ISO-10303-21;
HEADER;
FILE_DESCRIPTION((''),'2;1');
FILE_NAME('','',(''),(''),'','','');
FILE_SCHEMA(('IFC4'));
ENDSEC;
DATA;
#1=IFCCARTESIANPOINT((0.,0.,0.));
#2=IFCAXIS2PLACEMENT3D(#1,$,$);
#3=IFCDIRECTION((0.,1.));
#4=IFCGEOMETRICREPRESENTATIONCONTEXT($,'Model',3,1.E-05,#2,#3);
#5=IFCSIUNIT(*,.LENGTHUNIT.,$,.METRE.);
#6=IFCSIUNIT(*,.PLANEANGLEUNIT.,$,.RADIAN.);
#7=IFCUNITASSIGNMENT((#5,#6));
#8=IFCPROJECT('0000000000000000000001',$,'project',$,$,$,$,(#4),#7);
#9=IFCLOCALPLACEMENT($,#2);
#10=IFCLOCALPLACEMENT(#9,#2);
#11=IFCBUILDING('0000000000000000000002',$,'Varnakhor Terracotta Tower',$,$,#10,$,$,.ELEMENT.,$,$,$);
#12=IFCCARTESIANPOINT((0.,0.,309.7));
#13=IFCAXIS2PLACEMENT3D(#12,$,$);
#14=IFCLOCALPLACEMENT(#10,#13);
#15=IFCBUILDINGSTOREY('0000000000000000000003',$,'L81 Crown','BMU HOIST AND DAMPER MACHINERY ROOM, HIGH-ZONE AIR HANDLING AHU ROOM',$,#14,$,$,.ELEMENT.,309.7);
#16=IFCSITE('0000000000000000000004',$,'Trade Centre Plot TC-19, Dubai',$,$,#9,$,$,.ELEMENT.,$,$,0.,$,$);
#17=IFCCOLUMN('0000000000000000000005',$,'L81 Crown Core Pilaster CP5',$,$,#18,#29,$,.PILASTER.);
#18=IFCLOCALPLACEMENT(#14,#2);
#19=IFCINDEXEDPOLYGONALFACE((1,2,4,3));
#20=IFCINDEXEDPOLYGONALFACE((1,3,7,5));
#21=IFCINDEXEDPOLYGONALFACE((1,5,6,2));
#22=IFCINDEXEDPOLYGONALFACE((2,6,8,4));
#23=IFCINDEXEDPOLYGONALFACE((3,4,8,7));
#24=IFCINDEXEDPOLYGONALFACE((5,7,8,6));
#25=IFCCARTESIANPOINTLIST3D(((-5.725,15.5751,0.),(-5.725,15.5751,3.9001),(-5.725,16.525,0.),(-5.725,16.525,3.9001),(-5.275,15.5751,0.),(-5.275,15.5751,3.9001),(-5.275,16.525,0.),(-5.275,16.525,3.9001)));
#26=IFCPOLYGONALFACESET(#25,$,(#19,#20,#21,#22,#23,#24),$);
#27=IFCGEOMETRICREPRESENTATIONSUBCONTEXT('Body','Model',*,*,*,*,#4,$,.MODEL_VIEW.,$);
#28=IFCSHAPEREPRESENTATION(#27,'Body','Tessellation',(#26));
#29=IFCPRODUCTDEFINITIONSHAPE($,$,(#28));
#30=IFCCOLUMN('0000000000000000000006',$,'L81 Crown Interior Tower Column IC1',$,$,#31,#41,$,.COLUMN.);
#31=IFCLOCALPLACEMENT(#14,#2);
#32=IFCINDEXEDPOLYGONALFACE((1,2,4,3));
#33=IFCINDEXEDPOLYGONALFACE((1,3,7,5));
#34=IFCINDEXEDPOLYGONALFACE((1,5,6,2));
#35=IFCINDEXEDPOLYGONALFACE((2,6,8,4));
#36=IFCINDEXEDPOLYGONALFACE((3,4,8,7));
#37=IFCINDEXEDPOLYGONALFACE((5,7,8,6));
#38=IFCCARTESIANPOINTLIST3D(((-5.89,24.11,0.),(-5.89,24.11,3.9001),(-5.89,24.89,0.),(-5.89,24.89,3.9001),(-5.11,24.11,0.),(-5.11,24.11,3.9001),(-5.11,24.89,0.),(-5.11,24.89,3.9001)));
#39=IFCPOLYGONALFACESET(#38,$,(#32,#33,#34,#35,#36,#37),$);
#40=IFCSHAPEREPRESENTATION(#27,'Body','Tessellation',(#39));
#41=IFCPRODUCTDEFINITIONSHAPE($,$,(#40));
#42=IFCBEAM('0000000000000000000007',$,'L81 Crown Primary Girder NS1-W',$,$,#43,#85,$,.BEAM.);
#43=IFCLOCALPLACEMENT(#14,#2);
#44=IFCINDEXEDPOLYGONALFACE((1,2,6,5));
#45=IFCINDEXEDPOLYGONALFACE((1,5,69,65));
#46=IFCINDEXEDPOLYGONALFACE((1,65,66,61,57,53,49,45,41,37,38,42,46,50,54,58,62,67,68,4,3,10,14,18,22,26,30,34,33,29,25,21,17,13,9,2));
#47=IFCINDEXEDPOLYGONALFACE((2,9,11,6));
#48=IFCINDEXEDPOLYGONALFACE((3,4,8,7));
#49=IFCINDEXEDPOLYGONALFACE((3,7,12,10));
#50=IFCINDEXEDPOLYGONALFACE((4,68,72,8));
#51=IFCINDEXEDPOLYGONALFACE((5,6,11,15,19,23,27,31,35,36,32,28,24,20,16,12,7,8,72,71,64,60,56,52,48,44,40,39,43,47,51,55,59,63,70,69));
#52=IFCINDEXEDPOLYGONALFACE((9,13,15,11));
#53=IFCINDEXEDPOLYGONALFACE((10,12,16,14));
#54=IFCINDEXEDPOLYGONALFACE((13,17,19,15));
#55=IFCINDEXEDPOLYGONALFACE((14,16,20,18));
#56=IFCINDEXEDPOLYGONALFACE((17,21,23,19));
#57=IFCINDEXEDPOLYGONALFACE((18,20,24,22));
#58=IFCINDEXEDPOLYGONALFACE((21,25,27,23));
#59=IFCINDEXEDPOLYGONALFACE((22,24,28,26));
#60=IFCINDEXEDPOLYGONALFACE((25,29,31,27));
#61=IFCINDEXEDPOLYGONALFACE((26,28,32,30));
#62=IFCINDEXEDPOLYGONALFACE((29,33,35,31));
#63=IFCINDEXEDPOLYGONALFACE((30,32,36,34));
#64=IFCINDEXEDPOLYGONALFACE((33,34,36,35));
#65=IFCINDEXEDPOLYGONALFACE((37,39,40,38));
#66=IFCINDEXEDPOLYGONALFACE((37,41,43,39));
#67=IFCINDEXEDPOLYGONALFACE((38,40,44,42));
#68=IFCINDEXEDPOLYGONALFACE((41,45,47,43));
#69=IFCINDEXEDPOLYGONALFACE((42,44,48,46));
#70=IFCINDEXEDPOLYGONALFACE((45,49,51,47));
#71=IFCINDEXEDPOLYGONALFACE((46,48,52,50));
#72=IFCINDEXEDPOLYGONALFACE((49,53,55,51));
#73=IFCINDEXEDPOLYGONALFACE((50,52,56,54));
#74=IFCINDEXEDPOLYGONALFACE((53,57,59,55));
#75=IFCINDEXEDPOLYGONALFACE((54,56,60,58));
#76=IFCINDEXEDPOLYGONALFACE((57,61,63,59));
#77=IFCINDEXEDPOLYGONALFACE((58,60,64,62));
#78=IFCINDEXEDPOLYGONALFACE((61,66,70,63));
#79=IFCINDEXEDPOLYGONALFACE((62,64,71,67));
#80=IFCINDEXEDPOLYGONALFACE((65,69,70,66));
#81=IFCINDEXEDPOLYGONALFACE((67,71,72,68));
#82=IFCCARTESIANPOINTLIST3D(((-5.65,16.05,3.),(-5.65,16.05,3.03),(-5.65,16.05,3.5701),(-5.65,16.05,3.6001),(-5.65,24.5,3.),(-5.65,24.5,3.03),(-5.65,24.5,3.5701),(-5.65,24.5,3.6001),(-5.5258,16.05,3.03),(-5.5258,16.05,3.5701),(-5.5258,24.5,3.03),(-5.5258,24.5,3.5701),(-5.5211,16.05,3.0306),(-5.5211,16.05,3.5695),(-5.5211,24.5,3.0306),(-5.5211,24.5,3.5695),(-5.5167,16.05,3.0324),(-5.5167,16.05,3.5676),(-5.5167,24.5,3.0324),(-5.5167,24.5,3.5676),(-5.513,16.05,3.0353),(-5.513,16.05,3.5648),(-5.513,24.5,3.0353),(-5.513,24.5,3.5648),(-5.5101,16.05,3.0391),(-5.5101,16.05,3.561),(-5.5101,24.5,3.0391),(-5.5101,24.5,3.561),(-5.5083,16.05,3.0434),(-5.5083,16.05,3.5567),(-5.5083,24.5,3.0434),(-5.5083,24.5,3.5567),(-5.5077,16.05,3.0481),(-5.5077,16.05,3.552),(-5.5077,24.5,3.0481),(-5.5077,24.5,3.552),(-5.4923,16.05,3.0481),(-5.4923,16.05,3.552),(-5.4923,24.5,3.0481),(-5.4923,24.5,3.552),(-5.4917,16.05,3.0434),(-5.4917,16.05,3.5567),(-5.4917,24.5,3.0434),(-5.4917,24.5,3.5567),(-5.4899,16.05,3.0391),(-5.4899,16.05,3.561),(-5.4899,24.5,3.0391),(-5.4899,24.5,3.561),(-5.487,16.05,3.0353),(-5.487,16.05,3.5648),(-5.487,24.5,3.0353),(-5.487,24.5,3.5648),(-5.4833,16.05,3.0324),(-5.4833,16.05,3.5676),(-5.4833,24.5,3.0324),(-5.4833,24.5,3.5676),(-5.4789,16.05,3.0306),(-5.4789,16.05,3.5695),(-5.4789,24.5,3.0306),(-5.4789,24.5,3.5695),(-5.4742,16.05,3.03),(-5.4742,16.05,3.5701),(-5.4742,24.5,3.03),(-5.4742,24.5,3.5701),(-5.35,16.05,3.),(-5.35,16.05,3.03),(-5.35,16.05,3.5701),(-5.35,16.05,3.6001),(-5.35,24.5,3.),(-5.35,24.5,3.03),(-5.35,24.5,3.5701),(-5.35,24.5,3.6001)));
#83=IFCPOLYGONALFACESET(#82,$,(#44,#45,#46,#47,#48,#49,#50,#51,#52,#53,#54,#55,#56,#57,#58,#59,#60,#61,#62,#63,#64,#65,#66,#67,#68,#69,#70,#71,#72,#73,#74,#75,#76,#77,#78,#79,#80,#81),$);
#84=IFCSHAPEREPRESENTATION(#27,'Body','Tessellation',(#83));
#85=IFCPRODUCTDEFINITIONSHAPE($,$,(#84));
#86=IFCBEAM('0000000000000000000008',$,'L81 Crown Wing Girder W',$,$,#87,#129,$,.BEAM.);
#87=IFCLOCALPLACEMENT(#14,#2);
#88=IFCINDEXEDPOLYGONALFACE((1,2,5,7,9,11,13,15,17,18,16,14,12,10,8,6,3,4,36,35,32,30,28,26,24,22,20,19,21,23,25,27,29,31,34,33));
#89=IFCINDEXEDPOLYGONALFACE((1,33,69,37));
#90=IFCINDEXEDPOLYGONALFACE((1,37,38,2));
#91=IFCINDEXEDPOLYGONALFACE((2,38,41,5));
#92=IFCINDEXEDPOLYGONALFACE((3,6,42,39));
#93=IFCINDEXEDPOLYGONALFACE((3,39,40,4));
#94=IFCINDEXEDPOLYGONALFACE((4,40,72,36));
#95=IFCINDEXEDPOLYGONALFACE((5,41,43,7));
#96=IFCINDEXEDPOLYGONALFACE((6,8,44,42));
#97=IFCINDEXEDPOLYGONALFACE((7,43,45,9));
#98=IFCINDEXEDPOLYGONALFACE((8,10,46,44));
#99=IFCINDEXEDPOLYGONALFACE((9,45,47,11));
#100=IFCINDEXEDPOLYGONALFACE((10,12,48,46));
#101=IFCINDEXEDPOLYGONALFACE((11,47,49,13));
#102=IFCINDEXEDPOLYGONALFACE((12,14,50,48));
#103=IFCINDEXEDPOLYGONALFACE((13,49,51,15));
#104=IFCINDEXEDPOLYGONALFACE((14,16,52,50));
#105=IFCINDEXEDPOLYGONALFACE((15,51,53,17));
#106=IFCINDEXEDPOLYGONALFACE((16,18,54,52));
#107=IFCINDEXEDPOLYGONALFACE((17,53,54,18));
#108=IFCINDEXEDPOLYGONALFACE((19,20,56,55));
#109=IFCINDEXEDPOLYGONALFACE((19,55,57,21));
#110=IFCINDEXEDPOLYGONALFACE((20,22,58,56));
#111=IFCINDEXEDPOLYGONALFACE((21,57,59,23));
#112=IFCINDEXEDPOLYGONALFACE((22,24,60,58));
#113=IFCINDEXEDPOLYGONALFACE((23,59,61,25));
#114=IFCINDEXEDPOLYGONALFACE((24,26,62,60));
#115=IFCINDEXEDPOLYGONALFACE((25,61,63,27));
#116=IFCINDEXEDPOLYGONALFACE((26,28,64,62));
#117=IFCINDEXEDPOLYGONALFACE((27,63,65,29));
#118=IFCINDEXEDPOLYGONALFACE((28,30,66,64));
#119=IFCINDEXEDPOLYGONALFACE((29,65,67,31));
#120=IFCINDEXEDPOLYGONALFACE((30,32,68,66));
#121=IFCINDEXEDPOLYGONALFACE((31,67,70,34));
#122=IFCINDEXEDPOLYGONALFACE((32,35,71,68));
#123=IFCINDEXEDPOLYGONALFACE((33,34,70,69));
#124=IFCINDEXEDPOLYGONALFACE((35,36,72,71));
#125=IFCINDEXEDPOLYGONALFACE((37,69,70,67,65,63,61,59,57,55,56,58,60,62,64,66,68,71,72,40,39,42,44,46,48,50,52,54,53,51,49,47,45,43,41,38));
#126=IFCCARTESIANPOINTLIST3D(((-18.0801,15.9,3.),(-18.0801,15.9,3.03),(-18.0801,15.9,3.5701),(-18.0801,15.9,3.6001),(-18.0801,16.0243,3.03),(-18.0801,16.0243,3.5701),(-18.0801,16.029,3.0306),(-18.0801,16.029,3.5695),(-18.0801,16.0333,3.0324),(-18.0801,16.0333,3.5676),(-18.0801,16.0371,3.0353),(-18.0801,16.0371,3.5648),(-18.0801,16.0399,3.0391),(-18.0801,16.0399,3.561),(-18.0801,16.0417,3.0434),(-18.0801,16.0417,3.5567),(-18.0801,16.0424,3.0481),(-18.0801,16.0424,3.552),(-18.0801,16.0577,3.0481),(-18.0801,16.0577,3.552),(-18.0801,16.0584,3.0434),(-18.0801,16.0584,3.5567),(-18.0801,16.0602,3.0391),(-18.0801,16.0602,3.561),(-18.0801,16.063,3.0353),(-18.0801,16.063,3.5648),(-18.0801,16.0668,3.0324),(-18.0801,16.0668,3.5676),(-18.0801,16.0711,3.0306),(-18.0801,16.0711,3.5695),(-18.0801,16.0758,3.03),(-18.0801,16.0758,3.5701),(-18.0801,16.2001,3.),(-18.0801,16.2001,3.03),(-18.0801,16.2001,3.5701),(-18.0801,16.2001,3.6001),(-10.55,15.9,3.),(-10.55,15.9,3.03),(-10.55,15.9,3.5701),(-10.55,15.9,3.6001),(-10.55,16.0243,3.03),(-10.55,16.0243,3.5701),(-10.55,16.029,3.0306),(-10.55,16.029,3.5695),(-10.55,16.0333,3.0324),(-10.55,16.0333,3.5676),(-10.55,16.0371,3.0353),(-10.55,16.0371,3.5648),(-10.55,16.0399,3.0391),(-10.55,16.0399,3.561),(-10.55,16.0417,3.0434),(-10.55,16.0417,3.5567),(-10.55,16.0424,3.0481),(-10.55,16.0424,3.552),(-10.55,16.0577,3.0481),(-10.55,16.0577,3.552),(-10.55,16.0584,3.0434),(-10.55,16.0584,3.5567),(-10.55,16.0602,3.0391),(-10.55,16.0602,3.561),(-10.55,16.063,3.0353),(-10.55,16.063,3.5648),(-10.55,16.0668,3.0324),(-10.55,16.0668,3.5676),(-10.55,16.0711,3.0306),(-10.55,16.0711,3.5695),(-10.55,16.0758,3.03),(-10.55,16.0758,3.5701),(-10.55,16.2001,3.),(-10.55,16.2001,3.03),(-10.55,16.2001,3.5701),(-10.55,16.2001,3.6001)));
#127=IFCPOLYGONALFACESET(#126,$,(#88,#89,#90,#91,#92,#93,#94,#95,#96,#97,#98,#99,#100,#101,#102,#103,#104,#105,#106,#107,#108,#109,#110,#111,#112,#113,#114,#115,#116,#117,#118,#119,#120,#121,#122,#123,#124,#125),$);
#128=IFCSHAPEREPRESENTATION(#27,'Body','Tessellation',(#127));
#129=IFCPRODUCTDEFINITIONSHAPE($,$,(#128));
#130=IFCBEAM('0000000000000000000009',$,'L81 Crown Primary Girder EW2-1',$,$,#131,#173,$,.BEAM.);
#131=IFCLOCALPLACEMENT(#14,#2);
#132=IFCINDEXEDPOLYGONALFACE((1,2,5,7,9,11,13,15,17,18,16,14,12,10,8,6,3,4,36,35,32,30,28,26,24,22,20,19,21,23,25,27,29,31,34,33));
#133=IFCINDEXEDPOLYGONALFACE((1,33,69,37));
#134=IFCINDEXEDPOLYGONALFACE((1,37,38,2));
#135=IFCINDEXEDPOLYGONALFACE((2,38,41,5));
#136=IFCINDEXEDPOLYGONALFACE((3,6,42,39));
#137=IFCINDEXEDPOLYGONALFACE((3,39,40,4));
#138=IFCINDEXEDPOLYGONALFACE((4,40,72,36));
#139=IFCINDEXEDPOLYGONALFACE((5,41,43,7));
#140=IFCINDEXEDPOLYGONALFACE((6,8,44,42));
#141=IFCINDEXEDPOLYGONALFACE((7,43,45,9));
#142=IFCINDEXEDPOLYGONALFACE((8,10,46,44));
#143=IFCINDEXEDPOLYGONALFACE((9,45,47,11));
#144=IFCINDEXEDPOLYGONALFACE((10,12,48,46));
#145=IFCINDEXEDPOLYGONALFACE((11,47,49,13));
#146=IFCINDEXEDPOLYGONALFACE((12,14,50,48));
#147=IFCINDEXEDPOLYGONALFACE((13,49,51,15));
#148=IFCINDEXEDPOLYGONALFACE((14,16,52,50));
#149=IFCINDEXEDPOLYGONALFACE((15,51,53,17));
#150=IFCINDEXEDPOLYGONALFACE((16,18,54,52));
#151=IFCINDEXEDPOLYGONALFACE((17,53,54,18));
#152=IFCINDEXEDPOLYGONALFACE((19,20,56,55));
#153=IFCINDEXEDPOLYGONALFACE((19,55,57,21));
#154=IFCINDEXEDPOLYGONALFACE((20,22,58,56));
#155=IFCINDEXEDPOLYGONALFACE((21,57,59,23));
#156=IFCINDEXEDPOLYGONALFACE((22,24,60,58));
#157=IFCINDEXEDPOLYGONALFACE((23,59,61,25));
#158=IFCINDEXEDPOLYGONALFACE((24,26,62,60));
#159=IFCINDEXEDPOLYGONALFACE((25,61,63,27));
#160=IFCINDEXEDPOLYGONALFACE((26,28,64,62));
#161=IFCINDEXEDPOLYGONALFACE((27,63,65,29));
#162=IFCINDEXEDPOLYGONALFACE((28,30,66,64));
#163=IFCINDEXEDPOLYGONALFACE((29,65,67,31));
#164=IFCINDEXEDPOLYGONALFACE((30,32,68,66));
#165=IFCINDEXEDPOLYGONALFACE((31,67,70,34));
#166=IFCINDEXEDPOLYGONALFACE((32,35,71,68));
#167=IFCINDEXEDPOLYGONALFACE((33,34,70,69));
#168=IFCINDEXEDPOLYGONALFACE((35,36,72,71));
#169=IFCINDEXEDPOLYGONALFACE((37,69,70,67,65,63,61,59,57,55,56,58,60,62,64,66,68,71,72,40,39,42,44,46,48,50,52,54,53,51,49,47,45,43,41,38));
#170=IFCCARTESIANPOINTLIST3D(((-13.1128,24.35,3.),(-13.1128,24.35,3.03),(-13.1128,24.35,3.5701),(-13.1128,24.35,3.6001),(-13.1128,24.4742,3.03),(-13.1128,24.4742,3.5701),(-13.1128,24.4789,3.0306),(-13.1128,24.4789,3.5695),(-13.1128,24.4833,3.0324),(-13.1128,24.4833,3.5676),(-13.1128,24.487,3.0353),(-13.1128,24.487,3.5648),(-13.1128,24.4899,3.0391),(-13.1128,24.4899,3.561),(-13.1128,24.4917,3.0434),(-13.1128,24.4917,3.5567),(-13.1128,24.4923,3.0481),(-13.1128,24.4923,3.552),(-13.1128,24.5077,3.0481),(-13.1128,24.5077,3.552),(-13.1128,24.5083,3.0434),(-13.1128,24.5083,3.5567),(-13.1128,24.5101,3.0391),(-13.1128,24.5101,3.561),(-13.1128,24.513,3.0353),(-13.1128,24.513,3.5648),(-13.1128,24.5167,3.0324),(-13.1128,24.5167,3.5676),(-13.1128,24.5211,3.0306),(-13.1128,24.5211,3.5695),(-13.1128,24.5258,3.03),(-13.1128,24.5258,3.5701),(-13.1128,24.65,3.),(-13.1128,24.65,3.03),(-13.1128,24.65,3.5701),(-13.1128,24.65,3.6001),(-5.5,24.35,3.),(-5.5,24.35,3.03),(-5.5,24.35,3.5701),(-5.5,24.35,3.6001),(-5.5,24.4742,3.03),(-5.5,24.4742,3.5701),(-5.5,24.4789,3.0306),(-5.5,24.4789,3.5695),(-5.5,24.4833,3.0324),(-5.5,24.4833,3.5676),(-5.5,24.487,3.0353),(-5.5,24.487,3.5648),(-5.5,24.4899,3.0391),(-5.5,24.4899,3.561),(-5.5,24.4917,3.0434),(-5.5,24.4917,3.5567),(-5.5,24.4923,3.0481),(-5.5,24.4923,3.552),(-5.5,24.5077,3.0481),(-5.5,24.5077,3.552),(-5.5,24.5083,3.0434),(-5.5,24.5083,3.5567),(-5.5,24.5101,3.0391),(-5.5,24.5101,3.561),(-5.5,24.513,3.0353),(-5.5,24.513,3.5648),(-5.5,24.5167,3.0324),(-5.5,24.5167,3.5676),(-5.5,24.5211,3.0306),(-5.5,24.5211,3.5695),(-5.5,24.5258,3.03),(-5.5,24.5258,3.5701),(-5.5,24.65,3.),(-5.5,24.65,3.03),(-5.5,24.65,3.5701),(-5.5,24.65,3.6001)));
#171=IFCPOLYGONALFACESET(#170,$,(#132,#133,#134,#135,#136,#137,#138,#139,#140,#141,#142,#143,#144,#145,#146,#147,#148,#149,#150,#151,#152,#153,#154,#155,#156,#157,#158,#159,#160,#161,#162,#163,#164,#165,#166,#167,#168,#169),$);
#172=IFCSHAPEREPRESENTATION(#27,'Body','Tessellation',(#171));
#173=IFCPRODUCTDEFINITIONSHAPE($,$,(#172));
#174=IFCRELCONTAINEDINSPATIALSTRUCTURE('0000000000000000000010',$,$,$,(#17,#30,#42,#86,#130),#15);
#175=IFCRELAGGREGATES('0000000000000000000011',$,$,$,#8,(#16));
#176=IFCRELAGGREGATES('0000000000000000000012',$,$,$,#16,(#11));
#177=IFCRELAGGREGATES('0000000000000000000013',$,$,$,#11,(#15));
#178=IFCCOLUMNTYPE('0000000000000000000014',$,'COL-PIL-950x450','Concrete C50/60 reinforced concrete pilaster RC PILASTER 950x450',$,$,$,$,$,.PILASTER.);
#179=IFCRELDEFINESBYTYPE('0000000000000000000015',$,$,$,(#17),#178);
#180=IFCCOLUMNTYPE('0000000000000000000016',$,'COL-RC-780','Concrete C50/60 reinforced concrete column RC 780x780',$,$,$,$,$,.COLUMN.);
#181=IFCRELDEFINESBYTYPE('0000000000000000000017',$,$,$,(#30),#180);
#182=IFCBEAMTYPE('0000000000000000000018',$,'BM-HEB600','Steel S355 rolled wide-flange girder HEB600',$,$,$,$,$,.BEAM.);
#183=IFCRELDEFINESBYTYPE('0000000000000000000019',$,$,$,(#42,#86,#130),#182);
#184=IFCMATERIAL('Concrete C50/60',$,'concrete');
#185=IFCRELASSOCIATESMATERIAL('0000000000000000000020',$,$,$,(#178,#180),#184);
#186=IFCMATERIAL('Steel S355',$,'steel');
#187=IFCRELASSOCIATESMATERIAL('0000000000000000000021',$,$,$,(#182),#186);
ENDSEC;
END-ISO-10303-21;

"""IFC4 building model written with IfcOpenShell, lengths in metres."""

from ifc_helpers import new_model, si_unit, direction, frame, origin, origin_2d, place, context, subcontext, project, spatial, rectangle, i_section, extrude, source, transform, mapped, material, material_profile, profile_set, type_object, element, save


model = new_model("IFC4")

# Units and contexts
model_context = context("Model", 3, precision=1e-05, world=origin(), true_north=direction((0.0, 1.0)))
body_context = subcontext(model_context, "Body", "Model", "MODEL_VIEW")
ifc_project = project(units=[si_unit("LENGTHUNIT", "METRE"), si_unit("PLANEANGLEUNIT", "RADIAN")], contexts=[model_context])

# Site, building, storey
site_placement = place(None, origin())
site = spatial("IfcSite", under=ifc_project, at=site_placement, Name="Trade Centre Plot TC-19, Dubai", CompositionType="ELEMENT", RefElevation=0.0)
building_placement = place(site_placement, origin())
building = spatial("IfcBuilding", under=site, at=building_placement, Name="Varnakhor Terracotta Tower", CompositionType="ELEMENT")
storey_placement = place(building_placement, frame((0.0, 0.0, 309.7)))
storey = spatial("IfcBuildingStorey", under=building, at=storey_placement, Name="L81 Crown", Description="BMU HOIST AND DAMPER MACHINERY ROOM, HIGH-ZONE AIR HANDLING AHU ROOM", CompositionType="ELEMENT", Elevation=309.7)

# Columns
ifc_material_1 = material(Name="Concrete C50/60", Category="concrete")
ifc_material_profile_1 = material_profile(ifc_material_1, rectangle(XDim=0.45, YDim=0.95, at=origin_2d()), Name="RC PILASTER 950x450")
ifc_profile_set_1 = profile_set([ifc_material_profile_1], Name="Concrete C50/60")
column_type_1 = type_object("IfcColumnType", Name="COL-PIL-950x450", Description="Concrete C50/60 reinforced concrete pilaster RC PILASTER 950x450", PredefinedType="PILASTER", material=ifc_profile_set_1)
shared_shape_1 = source(origin(), body_context, "Body", "SweptSolid", [
    extrude(rectangle(XDim=0.45, YDim=0.95, at=origin_2d()), origin(), (0.0, 0.0, 1.0), 3.9001),
])
column_1_placement = place(storey_placement, frame((-5.5, 16.05, 0.0), z_axis=(0.0, 0.0, 1.0), x_axis=(1.0, 0.0, 0.0)))
element("IfcColumn", 1, at=column_1_placement, inside=storey, type_object=column_type_1, Name="L81 Crown Core Pilaster CP5", PredefinedType="PILASTER", context=body_context, shape_type="MappedRepresentation", body=[
    mapped(shared_shape_1, transform((0.0, 0.0, 0.0), scale=1.0)),
])
ifc_material_profile_2 = material_profile(ifc_material_1, rectangle(XDim=0.78, YDim=0.78, at=origin_2d()), Name="RC 780x780")
ifc_profile_set_2 = profile_set([ifc_material_profile_2], Name="Concrete C50/60")
column_type_2 = type_object("IfcColumnType", Name="COL-RC-780", Description="Concrete C50/60 reinforced concrete column RC 780x780", PredefinedType="COLUMN", material=ifc_profile_set_2)
shared_shape_2 = source(origin(), body_context, "Body", "SweptSolid", [
    extrude(rectangle(XDim=0.78, YDim=0.78, at=origin_2d()), origin(), (0.0, 0.0, 1.0), 3.9001),
])
column_2_placement = place(storey_placement, frame((-5.5, 24.5, 0.0), z_axis=(0.0, 0.0, 1.0), x_axis=(1.0, 0.0, 0.0)))
element("IfcColumn", 2, at=column_2_placement, inside=storey, type_object=column_type_2, Name="L81 Crown Interior Tower Column IC1", PredefinedType="COLUMN", context=body_context, shape_type="MappedRepresentation", body=[
    mapped(shared_shape_2, transform((0.0, 0.0, 0.0), scale=1.0)),
])

# Beams
ifc_material_2 = material(Name="Steel S355", Category="steel")
ifc_material_profile_3 = material_profile(ifc_material_2, i_section(OverallWidth=0.3, OverallDepth=0.6001, WebThickness=0.0154, FlangeThickness=0.03, FilletRadius=0.0181, at=origin_2d()), Name="HEB600")
ifc_profile_set_3 = profile_set([ifc_material_profile_3], Name="Steel S355")
beam_type_1 = type_object("IfcBeamType", Name="BM-HEB600", Description="Steel S355 rolled wide-flange girder HEB600", PredefinedType="BEAM", material=ifc_profile_set_3)
shared_shape_3 = source(origin(), body_context, "Body", "SweptSolid", [
    extrude(i_section(OverallWidth=0.3, OverallDepth=0.6001, WebThickness=0.0154, FlangeThickness=0.03, FilletRadius=0.0181, at=origin_2d()), origin(), (0.0, 0.0, 1.0), 8.45),
])
beam_1_placement = place(storey_placement, frame((-5.5, 16.05, 3.3), z_axis=(0.0, 1.0, 0.0), x_axis=(-1.0, 0.0, 0.0)))
element("IfcBeam", 3, at=beam_1_placement, inside=storey, type_object=beam_type_1, Name="L81 Crown Primary Girder NS1-W", PredefinedType="BEAM", context=body_context, shape_type="MappedRepresentation", body=[
    mapped(shared_shape_3, transform((0.0, 0.0, 0.0), scale=1.0)),
])
shared_shape_4 = source(origin(), body_context, "Body", "SweptSolid", [
    extrude(i_section(OverallWidth=0.3, OverallDepth=0.6001, WebThickness=0.0154, FlangeThickness=0.03, FilletRadius=0.0181, at=origin_2d()), origin(), (0.0, 0.0, 1.0), 7.53),
])
beam_2_placement = place(storey_placement, frame((-18.0801, 16.05, 3.3), z_axis=(1.0, 0.0, 0.0), x_axis=(0.0, 1.0, 0.0)))
element("IfcBeam", 4, at=beam_2_placement, inside=storey, type_object=beam_type_1, Name="L81 Crown Wing Girder W", PredefinedType="BEAM", context=body_context, shape_type="MappedRepresentation", body=[
    mapped(shared_shape_4, transform((0.0, 0.0, 0.0), scale=1.0)),
])
shared_shape_5 = source(origin(), body_context, "Body", "SweptSolid", [
    extrude(i_section(OverallWidth=0.3, OverallDepth=0.6001, WebThickness=0.0154, FlangeThickness=0.03, FilletRadius=0.0181, at=origin_2d()), origin(), (0.0, 0.0, 1.0), 7.6128),
])
beam_3_placement = place(storey_placement, frame((-13.1128, 24.5, 3.3), z_axis=(1.0, 0.0, 0.0), x_axis=(0.0, 1.0, 0.0)))
element("IfcBeam", 5, at=beam_3_placement, inside=storey, type_object=beam_type_1, Name="L81 Crown Primary Girder EW2-1", PredefinedType="BEAM", context=body_context, shape_type="MappedRepresentation", body=[
    mapped(shared_shape_5, transform((0.0, 0.0, 0.0), scale=1.0)),
])

save(model, "model.ifc")
